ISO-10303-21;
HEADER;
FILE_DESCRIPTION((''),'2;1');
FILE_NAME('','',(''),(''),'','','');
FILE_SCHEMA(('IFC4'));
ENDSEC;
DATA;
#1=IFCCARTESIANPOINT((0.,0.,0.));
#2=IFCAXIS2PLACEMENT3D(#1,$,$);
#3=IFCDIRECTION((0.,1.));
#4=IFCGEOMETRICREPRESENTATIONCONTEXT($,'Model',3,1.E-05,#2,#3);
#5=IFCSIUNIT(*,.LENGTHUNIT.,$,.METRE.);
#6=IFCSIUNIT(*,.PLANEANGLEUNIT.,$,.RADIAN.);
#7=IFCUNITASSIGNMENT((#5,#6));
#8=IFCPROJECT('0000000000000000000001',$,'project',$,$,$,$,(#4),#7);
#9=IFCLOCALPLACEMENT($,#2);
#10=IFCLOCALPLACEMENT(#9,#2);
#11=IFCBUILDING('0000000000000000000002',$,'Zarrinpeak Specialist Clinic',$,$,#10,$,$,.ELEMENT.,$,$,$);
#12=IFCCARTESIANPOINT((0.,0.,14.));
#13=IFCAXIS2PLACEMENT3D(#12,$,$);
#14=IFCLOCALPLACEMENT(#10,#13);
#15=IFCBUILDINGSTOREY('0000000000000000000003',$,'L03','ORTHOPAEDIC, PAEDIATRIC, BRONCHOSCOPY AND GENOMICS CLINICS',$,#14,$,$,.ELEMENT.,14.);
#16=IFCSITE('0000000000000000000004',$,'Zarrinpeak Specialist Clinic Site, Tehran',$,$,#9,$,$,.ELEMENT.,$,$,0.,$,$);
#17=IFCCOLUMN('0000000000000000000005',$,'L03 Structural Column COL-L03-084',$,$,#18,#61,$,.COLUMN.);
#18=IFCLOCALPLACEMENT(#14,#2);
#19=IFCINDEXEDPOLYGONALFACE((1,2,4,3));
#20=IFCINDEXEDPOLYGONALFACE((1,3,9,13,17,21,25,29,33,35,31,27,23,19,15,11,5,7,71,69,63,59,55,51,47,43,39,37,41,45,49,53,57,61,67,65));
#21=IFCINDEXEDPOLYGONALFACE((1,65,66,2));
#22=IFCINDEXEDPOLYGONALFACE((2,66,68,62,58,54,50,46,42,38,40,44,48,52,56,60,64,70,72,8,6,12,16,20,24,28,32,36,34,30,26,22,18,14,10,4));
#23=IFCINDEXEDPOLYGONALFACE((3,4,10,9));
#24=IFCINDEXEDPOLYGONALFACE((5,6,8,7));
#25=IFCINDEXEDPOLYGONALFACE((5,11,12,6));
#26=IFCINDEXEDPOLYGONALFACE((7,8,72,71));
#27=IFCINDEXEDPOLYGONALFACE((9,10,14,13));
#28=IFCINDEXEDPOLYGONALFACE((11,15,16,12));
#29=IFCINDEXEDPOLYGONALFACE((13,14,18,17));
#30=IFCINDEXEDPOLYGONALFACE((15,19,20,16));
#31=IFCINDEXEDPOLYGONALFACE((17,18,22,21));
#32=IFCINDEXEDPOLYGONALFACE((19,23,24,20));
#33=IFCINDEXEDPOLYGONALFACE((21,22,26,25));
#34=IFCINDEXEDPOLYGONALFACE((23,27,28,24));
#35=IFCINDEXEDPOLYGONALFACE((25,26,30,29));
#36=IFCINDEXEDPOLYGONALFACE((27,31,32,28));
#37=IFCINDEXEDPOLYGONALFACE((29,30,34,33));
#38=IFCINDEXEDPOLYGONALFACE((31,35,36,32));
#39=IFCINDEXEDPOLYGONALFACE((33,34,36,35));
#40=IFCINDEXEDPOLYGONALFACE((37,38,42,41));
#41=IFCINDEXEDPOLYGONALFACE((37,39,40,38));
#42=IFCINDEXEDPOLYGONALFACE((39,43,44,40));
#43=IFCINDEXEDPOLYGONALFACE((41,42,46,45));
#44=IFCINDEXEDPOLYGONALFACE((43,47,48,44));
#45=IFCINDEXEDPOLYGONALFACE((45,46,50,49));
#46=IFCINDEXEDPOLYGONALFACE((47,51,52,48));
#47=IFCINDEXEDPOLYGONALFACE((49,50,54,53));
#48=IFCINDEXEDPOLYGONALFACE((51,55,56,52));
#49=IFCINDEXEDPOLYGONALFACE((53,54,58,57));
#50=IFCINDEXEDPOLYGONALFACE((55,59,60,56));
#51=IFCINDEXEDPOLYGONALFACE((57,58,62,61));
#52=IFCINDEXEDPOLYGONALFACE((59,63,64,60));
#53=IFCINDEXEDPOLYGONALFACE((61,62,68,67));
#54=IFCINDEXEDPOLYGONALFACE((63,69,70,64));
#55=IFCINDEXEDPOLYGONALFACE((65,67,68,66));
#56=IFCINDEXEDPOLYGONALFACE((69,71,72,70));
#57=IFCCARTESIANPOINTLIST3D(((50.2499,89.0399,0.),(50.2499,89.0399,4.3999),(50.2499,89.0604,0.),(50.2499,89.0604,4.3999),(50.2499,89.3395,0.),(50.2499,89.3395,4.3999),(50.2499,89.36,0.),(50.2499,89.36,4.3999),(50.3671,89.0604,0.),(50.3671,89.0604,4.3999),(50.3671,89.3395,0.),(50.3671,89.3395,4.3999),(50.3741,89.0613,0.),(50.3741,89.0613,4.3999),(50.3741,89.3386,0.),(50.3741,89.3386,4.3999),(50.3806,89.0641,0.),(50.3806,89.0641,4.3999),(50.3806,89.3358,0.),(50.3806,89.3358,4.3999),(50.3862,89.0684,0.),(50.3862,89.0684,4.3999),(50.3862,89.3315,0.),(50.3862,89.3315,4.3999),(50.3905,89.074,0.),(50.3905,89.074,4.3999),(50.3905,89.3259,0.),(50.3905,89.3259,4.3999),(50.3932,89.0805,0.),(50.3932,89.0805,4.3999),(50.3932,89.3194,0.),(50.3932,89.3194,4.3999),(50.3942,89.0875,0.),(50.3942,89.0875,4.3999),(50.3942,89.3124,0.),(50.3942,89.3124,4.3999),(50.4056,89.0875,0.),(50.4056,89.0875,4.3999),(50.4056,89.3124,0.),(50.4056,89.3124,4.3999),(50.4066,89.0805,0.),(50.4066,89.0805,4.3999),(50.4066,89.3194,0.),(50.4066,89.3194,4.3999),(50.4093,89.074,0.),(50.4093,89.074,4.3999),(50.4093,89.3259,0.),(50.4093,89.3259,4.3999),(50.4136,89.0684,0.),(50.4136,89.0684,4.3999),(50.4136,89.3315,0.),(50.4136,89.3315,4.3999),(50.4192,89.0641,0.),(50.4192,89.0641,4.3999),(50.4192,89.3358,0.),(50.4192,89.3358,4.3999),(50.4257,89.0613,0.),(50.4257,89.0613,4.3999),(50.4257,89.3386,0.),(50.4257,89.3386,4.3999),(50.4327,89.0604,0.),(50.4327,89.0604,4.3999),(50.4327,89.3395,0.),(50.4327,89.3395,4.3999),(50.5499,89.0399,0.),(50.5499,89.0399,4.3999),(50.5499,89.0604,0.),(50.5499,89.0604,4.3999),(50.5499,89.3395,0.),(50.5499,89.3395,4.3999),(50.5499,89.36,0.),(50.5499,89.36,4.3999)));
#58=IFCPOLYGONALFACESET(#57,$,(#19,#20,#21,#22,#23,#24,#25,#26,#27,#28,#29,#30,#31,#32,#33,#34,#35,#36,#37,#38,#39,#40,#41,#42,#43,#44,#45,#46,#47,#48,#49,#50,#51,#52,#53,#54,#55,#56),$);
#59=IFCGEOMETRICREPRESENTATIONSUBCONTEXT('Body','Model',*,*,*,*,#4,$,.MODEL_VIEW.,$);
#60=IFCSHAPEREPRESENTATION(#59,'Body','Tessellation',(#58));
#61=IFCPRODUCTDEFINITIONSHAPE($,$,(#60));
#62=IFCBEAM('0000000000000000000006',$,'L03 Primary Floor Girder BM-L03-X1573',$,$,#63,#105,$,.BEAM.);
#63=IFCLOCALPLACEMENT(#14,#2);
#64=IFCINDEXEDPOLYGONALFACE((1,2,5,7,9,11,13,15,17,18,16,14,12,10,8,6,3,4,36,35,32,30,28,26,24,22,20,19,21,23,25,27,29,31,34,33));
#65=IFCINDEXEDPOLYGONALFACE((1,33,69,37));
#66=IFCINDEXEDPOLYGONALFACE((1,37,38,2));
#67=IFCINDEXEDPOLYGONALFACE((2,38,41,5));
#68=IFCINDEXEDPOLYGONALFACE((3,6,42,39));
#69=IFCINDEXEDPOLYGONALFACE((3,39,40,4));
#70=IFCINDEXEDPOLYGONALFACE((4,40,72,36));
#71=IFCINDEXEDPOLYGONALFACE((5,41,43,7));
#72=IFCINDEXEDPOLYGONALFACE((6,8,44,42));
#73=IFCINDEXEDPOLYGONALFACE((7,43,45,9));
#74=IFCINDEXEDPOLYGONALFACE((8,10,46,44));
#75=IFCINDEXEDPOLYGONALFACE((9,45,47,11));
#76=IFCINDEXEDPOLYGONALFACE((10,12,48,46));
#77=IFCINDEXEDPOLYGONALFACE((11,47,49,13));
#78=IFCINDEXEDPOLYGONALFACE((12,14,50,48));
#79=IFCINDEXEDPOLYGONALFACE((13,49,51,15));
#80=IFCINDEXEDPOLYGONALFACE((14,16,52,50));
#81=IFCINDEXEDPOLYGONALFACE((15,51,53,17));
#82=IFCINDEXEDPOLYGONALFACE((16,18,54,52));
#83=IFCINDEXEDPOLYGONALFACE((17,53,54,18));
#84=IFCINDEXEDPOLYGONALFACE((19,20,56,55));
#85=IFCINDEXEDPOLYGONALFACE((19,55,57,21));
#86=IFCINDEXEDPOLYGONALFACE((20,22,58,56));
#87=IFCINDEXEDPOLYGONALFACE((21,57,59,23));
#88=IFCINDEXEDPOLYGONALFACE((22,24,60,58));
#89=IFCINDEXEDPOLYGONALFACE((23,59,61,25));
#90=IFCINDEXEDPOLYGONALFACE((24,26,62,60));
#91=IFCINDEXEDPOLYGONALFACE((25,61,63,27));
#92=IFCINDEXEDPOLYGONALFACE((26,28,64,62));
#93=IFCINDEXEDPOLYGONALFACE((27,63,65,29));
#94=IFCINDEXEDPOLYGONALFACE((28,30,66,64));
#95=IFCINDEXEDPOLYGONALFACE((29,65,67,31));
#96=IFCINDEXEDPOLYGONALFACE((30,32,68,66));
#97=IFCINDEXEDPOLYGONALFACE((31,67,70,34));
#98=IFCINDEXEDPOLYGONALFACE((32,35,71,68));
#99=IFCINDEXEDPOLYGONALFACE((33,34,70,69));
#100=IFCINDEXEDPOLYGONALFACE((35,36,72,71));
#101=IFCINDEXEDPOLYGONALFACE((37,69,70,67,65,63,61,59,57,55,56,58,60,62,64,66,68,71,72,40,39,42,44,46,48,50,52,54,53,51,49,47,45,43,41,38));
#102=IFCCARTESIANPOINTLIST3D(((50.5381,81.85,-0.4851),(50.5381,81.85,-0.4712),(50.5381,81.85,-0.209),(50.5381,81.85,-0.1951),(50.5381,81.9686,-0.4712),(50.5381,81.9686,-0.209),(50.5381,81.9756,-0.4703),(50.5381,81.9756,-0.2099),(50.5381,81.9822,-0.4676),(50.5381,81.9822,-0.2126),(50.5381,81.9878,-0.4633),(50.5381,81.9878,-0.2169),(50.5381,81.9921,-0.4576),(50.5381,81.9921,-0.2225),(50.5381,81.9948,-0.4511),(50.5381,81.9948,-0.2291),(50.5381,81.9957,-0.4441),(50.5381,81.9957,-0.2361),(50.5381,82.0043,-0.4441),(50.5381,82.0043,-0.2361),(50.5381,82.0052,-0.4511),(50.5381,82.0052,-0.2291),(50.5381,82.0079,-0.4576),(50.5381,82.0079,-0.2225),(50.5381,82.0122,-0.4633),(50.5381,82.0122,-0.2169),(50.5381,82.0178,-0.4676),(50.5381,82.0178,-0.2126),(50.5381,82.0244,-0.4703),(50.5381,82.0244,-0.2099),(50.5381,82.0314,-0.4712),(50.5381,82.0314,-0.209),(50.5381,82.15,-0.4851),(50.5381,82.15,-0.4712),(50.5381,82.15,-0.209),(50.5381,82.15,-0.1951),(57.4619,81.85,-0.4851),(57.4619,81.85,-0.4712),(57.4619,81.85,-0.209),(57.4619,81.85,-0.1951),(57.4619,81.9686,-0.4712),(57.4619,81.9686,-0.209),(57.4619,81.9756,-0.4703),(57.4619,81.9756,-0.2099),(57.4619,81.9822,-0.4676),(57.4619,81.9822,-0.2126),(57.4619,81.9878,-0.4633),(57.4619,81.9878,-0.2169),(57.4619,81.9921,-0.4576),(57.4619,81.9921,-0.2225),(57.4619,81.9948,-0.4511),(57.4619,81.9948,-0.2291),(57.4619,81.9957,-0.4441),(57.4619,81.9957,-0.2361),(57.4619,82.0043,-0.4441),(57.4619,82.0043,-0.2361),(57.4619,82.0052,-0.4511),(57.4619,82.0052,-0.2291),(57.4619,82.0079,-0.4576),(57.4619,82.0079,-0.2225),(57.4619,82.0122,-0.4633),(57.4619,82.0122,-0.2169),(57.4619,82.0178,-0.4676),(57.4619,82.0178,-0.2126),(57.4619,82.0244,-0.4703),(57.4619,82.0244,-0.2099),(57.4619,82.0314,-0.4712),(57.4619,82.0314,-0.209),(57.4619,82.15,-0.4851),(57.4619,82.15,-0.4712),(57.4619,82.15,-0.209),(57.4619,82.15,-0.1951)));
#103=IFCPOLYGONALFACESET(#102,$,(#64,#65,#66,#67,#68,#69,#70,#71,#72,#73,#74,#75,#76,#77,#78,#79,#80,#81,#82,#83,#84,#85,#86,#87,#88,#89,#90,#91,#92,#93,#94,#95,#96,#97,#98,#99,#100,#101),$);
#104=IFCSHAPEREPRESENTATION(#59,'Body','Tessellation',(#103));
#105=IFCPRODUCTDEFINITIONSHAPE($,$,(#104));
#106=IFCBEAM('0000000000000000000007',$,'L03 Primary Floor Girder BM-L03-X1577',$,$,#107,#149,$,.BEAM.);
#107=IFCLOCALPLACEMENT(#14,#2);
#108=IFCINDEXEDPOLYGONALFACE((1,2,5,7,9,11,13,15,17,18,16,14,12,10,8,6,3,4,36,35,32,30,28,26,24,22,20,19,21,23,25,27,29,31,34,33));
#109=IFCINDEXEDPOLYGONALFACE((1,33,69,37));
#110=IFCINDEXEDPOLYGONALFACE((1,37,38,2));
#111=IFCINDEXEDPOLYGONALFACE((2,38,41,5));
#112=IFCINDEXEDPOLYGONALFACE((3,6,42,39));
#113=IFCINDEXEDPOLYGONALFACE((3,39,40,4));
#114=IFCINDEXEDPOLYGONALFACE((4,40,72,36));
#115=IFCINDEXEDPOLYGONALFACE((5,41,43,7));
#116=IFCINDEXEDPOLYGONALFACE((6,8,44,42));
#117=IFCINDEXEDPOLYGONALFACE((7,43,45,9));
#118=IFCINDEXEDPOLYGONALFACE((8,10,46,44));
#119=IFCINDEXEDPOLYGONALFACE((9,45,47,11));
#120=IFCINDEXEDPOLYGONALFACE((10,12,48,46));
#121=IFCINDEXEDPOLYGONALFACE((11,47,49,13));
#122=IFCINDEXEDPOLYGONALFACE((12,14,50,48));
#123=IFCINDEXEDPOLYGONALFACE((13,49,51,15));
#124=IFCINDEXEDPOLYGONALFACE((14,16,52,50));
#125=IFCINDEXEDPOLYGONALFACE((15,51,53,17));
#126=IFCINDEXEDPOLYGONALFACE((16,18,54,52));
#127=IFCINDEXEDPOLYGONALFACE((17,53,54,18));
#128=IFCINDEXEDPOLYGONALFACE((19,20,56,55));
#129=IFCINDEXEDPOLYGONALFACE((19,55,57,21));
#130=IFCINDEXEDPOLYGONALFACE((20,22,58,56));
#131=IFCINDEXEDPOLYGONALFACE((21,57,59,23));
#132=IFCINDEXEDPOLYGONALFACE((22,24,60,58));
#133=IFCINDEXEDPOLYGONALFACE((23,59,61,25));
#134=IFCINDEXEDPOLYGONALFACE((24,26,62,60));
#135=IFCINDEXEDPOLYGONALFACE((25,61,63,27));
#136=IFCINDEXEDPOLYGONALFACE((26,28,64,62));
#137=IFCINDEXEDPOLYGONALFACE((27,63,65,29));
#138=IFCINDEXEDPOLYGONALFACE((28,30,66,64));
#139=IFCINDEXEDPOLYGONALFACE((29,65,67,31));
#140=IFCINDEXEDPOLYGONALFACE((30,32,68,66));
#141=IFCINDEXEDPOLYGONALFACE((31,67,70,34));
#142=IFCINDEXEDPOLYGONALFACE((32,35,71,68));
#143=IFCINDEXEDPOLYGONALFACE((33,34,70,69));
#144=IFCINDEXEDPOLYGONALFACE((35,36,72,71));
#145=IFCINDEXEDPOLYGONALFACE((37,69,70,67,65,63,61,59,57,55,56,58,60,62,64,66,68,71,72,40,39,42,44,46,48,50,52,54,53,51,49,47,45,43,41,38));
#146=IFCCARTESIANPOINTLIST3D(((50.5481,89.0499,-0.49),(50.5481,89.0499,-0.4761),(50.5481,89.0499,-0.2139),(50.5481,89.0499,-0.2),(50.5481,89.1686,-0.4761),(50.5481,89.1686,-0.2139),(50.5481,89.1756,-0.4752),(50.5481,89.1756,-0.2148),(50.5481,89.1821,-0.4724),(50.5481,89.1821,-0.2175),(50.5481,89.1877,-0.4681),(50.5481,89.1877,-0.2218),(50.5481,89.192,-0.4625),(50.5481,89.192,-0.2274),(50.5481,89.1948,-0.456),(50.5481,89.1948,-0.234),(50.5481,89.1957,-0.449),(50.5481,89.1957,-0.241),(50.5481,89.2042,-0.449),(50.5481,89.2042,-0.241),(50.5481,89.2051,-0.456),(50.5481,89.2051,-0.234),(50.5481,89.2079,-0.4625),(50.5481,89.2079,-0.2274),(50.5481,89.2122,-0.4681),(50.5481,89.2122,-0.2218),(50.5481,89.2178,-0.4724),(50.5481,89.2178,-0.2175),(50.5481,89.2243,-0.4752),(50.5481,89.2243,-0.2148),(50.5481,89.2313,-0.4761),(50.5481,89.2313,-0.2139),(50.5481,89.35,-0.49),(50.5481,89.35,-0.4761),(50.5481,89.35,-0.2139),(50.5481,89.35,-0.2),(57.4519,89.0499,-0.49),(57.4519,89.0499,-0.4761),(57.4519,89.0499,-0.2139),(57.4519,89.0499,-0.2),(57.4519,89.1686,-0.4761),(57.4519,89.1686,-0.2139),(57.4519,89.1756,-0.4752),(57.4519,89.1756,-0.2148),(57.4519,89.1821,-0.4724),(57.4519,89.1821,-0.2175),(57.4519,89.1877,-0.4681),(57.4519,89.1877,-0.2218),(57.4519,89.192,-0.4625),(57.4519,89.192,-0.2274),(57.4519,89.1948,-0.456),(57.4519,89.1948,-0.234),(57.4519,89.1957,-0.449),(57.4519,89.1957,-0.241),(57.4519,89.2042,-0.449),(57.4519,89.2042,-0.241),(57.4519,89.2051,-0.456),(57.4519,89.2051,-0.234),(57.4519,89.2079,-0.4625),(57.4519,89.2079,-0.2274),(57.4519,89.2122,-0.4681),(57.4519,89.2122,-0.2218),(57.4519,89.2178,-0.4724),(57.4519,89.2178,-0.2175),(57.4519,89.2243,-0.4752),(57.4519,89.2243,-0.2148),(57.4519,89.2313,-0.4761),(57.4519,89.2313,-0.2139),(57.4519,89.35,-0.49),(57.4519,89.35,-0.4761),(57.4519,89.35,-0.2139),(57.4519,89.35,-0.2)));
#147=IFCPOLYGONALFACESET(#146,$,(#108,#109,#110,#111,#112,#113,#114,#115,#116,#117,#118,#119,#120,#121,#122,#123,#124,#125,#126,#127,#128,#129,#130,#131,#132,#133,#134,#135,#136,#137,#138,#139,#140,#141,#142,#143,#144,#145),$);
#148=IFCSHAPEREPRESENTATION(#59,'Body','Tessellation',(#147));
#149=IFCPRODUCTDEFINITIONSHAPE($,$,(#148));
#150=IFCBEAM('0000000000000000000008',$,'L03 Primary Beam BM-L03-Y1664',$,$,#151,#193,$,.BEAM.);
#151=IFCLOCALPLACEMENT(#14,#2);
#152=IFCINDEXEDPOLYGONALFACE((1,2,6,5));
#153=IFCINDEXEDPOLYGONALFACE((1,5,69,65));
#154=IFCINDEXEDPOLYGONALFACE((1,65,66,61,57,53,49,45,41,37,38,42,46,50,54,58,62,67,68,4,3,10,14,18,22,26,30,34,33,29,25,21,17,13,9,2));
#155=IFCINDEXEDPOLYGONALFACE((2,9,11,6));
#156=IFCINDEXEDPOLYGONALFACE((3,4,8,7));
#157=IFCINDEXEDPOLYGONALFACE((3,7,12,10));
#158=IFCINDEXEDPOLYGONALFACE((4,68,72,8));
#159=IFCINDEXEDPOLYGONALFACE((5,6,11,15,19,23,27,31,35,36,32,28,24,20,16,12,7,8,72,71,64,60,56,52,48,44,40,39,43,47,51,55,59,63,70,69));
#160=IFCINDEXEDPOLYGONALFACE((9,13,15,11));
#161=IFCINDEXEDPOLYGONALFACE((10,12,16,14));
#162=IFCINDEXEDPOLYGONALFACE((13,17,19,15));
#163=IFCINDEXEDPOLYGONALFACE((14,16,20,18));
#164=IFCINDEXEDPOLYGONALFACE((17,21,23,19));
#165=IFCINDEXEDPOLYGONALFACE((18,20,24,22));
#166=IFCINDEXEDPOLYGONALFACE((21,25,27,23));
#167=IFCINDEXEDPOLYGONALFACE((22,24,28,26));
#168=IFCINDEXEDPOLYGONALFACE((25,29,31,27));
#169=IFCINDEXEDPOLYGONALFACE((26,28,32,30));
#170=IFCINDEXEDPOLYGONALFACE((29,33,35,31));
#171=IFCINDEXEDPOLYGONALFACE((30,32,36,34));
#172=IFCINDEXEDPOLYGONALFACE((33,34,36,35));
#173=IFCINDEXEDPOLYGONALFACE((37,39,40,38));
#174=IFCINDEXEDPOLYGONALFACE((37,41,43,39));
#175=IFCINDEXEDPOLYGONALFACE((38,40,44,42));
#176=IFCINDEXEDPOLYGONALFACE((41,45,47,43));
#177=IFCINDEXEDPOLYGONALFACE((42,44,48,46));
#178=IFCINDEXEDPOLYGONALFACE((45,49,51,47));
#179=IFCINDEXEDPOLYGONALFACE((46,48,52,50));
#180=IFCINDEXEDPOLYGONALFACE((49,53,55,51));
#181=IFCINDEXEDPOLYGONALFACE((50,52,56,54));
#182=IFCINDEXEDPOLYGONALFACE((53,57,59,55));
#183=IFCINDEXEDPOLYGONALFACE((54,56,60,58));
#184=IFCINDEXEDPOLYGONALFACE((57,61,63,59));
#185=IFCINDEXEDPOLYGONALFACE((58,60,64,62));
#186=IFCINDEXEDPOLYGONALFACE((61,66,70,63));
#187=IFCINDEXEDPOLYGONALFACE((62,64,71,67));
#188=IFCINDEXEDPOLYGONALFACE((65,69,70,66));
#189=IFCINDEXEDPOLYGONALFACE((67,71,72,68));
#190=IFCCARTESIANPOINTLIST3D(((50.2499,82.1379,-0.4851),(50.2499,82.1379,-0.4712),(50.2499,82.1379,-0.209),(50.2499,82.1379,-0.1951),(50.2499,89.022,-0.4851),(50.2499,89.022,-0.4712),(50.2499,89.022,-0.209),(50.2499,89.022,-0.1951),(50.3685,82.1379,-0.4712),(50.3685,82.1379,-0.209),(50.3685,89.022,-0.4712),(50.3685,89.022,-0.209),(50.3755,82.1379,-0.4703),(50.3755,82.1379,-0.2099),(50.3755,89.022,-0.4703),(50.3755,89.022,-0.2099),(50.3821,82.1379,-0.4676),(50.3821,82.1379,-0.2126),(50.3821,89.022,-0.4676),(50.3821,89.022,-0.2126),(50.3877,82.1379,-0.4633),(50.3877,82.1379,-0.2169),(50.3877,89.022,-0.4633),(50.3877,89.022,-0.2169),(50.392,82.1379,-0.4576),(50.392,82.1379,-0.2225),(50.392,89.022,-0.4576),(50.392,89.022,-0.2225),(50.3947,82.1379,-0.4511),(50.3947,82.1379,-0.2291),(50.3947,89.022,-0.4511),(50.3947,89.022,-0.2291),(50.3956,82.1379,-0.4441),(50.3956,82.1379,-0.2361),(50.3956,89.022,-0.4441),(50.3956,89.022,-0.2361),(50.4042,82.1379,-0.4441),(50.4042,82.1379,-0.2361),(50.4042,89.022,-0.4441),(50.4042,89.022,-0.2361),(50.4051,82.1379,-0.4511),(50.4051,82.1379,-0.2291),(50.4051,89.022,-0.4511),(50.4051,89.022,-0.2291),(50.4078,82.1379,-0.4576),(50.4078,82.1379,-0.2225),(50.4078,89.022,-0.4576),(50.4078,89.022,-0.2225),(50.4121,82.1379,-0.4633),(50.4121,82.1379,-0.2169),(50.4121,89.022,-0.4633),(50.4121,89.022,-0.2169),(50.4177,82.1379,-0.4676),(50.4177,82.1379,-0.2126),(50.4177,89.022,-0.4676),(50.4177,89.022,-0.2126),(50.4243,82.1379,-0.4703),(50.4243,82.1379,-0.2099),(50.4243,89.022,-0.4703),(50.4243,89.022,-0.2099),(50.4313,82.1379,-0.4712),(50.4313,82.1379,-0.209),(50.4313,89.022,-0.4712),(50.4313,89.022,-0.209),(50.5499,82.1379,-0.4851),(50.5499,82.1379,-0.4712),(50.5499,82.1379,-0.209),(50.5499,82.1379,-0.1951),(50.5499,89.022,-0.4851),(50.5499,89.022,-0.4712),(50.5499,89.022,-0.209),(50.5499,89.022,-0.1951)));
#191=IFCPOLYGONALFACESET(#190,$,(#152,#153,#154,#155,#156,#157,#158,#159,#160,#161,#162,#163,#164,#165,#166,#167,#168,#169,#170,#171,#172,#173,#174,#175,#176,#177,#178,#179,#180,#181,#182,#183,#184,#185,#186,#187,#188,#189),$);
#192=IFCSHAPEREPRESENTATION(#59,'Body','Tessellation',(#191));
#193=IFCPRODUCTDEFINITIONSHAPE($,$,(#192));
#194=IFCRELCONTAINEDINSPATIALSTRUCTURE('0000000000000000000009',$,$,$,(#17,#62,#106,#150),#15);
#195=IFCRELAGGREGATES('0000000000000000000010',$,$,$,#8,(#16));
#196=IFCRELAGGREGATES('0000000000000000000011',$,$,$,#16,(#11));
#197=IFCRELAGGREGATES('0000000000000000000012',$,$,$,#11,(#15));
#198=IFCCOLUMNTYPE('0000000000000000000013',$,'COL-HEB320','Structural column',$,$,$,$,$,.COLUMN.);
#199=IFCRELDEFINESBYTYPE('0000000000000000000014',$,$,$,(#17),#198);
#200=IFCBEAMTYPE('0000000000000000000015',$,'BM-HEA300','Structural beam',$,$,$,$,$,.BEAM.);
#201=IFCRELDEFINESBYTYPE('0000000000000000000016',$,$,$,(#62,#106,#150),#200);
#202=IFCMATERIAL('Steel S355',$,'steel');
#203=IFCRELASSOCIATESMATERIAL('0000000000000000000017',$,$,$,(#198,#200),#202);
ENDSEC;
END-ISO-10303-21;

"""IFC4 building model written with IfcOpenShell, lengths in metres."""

from ifc_helpers import new_model, si_unit, direction, frame, origin, origin_2d, place, context, subcontext, project, spatial, i_section, extrude, material, material_profile, profile_set, type_object, element, save


model = new_model("IFC4")

# Units and contexts
model_context = context("Model", 3, precision=1e-05, world=origin(), true_north=direction((0.0, 1.0)))
body_context = subcontext(model_context, "Body", "Model", "MODEL_VIEW")
ifc_project = project(units=[si_unit("LENGTHUNIT", "METRE"), si_unit("PLANEANGLEUNIT", "RADIAN")], contexts=[model_context])

# Site, building, storey
site_placement = place(None, origin())
site = spatial("IfcSite", under=ifc_project, at=site_placement, Name="Zarrinpeak Specialist Clinic Site, Tehran", CompositionType="ELEMENT", RefElevation=0.0)
building_placement = place(site_placement, origin())
building = spatial("IfcBuilding", under=site, at=building_placement, Name="Zarrinpeak Specialist Clinic", CompositionType="ELEMENT")
storey_placement = place(building_placement, frame((0.0, 0.0, 14.0)))
storey = spatial("IfcBuildingStorey", under=building, at=storey_placement, Name="L03", Description="ORTHOPAEDIC, PAEDIATRIC, BRONCHOSCOPY AND GENOMICS CLINICS", CompositionType="ELEMENT", Elevation=14.0)

# Column
ifc_material_1 = material(Name="Steel S355", Category="steel")
ifc_material_profile_1 = material_profile(ifc_material_1, i_section(OverallWidth=0.3, OverallDepth=0.3201, WebThickness=0.0115, FlangeThickness=0.0205, FilletRadius=0.0271, at=origin_2d()), Name="HEB 320")
ifc_profile_set_1 = profile_set([ifc_material_profile_1], Name="Steel S355")
column_type = type_object("IfcColumnType", Name="COL-HEB320", Description="Structural column", PredefinedType="COLUMN", material=ifc_profile_set_1)
column_placement = place(storey_placement, frame((50.3999, 89.2, 0.0), z_axis=(0.0, 0.0, 1.0), x_axis=(1.0, 0.0, 0.0)))
element("IfcColumn", 1, at=column_placement, inside=storey, type_object=column_type, Name="L03 Structural Column COL-L03-084", PredefinedType="COLUMN", context=body_context, shape_type="SweptSolid", body=[
    extrude(i_section(OverallWidth=0.3, OverallDepth=0.3201, WebThickness=0.0115, FlangeThickness=0.0205, FilletRadius=0.0271, at=origin_2d()), origin(), (0.0, 0.0, 1.0), 4.3999),
])

# Beams
ifc_material_profile_2 = material_profile(ifc_material_1, i_section(OverallWidth=0.3, OverallDepth=0.29, WebThickness=0.0085, FlangeThickness=0.0139, FilletRadius=0.0271, at=origin_2d()), Name="HEA 300")
ifc_profile_set_2 = profile_set([ifc_material_profile_2], Name="Steel S355")
beam_type = type_object("IfcBeamType", Name="BM-HEA300", Description="Structural beam", PredefinedType="BEAM", material=ifc_profile_set_2)
beam_1_placement = place(storey_placement, frame((50.5381, 82.0, -0.3401), z_axis=(1.0, 0.0, 0.0), x_axis=(0.0, 1.0, 0.0)))
element("IfcBeam", 2, at=beam_1_placement, inside=storey, type_object=beam_type, Name="L03 Primary Floor Girder BM-L03-X1573", PredefinedType="BEAM", context=body_context, shape_type="SweptSolid", body=[
    extrude(i_section(OverallWidth=0.3, OverallDepth=0.29, WebThickness=0.0085, FlangeThickness=0.0139, FilletRadius=0.0271, at=origin_2d()), origin(), (0.0, 0.0, 1.0), 6.9238),
])
beam_2_placement = place(storey_placement, frame((50.5481, 89.2, -0.345), z_axis=(1.0, 0.0, 0.0), x_axis=(0.0, 1.0, 0.0)))
element("IfcBeam", 3, at=beam_2_placement, inside=storey, type_object=beam_type, Name="L03 Primary Floor Girder BM-L03-X1577", PredefinedType="BEAM", context=body_context, shape_type="SweptSolid", body=[
    extrude(i_section(OverallWidth=0.3, OverallDepth=0.29, WebThickness=0.0085, FlangeThickness=0.0139, FilletRadius=0.0271, at=origin_2d()), origin(), (0.0, 0.0, 1.0), 6.9038),
])
beam_3_placement = place(storey_placement, frame((50.3999, 82.1379, -0.3401), z_axis=(0.0, 1.0, 0.0), x_axis=(-1.0, 0.0, 0.0)))
element("IfcBeam", 4, at=beam_3_placement, inside=storey, type_object=beam_type, Name="L03 Primary Beam BM-L03-Y1664", PredefinedType="BEAM", context=body_context, shape_type="SweptSolid", body=[
    extrude(i_section(OverallWidth=0.3, OverallDepth=0.29, WebThickness=0.0085, FlangeThickness=0.0139, FilletRadius=0.0271, at=origin_2d()), origin(), (0.0, 0.0, 1.0), 6.884),
])

save(model, "model.ifc")
